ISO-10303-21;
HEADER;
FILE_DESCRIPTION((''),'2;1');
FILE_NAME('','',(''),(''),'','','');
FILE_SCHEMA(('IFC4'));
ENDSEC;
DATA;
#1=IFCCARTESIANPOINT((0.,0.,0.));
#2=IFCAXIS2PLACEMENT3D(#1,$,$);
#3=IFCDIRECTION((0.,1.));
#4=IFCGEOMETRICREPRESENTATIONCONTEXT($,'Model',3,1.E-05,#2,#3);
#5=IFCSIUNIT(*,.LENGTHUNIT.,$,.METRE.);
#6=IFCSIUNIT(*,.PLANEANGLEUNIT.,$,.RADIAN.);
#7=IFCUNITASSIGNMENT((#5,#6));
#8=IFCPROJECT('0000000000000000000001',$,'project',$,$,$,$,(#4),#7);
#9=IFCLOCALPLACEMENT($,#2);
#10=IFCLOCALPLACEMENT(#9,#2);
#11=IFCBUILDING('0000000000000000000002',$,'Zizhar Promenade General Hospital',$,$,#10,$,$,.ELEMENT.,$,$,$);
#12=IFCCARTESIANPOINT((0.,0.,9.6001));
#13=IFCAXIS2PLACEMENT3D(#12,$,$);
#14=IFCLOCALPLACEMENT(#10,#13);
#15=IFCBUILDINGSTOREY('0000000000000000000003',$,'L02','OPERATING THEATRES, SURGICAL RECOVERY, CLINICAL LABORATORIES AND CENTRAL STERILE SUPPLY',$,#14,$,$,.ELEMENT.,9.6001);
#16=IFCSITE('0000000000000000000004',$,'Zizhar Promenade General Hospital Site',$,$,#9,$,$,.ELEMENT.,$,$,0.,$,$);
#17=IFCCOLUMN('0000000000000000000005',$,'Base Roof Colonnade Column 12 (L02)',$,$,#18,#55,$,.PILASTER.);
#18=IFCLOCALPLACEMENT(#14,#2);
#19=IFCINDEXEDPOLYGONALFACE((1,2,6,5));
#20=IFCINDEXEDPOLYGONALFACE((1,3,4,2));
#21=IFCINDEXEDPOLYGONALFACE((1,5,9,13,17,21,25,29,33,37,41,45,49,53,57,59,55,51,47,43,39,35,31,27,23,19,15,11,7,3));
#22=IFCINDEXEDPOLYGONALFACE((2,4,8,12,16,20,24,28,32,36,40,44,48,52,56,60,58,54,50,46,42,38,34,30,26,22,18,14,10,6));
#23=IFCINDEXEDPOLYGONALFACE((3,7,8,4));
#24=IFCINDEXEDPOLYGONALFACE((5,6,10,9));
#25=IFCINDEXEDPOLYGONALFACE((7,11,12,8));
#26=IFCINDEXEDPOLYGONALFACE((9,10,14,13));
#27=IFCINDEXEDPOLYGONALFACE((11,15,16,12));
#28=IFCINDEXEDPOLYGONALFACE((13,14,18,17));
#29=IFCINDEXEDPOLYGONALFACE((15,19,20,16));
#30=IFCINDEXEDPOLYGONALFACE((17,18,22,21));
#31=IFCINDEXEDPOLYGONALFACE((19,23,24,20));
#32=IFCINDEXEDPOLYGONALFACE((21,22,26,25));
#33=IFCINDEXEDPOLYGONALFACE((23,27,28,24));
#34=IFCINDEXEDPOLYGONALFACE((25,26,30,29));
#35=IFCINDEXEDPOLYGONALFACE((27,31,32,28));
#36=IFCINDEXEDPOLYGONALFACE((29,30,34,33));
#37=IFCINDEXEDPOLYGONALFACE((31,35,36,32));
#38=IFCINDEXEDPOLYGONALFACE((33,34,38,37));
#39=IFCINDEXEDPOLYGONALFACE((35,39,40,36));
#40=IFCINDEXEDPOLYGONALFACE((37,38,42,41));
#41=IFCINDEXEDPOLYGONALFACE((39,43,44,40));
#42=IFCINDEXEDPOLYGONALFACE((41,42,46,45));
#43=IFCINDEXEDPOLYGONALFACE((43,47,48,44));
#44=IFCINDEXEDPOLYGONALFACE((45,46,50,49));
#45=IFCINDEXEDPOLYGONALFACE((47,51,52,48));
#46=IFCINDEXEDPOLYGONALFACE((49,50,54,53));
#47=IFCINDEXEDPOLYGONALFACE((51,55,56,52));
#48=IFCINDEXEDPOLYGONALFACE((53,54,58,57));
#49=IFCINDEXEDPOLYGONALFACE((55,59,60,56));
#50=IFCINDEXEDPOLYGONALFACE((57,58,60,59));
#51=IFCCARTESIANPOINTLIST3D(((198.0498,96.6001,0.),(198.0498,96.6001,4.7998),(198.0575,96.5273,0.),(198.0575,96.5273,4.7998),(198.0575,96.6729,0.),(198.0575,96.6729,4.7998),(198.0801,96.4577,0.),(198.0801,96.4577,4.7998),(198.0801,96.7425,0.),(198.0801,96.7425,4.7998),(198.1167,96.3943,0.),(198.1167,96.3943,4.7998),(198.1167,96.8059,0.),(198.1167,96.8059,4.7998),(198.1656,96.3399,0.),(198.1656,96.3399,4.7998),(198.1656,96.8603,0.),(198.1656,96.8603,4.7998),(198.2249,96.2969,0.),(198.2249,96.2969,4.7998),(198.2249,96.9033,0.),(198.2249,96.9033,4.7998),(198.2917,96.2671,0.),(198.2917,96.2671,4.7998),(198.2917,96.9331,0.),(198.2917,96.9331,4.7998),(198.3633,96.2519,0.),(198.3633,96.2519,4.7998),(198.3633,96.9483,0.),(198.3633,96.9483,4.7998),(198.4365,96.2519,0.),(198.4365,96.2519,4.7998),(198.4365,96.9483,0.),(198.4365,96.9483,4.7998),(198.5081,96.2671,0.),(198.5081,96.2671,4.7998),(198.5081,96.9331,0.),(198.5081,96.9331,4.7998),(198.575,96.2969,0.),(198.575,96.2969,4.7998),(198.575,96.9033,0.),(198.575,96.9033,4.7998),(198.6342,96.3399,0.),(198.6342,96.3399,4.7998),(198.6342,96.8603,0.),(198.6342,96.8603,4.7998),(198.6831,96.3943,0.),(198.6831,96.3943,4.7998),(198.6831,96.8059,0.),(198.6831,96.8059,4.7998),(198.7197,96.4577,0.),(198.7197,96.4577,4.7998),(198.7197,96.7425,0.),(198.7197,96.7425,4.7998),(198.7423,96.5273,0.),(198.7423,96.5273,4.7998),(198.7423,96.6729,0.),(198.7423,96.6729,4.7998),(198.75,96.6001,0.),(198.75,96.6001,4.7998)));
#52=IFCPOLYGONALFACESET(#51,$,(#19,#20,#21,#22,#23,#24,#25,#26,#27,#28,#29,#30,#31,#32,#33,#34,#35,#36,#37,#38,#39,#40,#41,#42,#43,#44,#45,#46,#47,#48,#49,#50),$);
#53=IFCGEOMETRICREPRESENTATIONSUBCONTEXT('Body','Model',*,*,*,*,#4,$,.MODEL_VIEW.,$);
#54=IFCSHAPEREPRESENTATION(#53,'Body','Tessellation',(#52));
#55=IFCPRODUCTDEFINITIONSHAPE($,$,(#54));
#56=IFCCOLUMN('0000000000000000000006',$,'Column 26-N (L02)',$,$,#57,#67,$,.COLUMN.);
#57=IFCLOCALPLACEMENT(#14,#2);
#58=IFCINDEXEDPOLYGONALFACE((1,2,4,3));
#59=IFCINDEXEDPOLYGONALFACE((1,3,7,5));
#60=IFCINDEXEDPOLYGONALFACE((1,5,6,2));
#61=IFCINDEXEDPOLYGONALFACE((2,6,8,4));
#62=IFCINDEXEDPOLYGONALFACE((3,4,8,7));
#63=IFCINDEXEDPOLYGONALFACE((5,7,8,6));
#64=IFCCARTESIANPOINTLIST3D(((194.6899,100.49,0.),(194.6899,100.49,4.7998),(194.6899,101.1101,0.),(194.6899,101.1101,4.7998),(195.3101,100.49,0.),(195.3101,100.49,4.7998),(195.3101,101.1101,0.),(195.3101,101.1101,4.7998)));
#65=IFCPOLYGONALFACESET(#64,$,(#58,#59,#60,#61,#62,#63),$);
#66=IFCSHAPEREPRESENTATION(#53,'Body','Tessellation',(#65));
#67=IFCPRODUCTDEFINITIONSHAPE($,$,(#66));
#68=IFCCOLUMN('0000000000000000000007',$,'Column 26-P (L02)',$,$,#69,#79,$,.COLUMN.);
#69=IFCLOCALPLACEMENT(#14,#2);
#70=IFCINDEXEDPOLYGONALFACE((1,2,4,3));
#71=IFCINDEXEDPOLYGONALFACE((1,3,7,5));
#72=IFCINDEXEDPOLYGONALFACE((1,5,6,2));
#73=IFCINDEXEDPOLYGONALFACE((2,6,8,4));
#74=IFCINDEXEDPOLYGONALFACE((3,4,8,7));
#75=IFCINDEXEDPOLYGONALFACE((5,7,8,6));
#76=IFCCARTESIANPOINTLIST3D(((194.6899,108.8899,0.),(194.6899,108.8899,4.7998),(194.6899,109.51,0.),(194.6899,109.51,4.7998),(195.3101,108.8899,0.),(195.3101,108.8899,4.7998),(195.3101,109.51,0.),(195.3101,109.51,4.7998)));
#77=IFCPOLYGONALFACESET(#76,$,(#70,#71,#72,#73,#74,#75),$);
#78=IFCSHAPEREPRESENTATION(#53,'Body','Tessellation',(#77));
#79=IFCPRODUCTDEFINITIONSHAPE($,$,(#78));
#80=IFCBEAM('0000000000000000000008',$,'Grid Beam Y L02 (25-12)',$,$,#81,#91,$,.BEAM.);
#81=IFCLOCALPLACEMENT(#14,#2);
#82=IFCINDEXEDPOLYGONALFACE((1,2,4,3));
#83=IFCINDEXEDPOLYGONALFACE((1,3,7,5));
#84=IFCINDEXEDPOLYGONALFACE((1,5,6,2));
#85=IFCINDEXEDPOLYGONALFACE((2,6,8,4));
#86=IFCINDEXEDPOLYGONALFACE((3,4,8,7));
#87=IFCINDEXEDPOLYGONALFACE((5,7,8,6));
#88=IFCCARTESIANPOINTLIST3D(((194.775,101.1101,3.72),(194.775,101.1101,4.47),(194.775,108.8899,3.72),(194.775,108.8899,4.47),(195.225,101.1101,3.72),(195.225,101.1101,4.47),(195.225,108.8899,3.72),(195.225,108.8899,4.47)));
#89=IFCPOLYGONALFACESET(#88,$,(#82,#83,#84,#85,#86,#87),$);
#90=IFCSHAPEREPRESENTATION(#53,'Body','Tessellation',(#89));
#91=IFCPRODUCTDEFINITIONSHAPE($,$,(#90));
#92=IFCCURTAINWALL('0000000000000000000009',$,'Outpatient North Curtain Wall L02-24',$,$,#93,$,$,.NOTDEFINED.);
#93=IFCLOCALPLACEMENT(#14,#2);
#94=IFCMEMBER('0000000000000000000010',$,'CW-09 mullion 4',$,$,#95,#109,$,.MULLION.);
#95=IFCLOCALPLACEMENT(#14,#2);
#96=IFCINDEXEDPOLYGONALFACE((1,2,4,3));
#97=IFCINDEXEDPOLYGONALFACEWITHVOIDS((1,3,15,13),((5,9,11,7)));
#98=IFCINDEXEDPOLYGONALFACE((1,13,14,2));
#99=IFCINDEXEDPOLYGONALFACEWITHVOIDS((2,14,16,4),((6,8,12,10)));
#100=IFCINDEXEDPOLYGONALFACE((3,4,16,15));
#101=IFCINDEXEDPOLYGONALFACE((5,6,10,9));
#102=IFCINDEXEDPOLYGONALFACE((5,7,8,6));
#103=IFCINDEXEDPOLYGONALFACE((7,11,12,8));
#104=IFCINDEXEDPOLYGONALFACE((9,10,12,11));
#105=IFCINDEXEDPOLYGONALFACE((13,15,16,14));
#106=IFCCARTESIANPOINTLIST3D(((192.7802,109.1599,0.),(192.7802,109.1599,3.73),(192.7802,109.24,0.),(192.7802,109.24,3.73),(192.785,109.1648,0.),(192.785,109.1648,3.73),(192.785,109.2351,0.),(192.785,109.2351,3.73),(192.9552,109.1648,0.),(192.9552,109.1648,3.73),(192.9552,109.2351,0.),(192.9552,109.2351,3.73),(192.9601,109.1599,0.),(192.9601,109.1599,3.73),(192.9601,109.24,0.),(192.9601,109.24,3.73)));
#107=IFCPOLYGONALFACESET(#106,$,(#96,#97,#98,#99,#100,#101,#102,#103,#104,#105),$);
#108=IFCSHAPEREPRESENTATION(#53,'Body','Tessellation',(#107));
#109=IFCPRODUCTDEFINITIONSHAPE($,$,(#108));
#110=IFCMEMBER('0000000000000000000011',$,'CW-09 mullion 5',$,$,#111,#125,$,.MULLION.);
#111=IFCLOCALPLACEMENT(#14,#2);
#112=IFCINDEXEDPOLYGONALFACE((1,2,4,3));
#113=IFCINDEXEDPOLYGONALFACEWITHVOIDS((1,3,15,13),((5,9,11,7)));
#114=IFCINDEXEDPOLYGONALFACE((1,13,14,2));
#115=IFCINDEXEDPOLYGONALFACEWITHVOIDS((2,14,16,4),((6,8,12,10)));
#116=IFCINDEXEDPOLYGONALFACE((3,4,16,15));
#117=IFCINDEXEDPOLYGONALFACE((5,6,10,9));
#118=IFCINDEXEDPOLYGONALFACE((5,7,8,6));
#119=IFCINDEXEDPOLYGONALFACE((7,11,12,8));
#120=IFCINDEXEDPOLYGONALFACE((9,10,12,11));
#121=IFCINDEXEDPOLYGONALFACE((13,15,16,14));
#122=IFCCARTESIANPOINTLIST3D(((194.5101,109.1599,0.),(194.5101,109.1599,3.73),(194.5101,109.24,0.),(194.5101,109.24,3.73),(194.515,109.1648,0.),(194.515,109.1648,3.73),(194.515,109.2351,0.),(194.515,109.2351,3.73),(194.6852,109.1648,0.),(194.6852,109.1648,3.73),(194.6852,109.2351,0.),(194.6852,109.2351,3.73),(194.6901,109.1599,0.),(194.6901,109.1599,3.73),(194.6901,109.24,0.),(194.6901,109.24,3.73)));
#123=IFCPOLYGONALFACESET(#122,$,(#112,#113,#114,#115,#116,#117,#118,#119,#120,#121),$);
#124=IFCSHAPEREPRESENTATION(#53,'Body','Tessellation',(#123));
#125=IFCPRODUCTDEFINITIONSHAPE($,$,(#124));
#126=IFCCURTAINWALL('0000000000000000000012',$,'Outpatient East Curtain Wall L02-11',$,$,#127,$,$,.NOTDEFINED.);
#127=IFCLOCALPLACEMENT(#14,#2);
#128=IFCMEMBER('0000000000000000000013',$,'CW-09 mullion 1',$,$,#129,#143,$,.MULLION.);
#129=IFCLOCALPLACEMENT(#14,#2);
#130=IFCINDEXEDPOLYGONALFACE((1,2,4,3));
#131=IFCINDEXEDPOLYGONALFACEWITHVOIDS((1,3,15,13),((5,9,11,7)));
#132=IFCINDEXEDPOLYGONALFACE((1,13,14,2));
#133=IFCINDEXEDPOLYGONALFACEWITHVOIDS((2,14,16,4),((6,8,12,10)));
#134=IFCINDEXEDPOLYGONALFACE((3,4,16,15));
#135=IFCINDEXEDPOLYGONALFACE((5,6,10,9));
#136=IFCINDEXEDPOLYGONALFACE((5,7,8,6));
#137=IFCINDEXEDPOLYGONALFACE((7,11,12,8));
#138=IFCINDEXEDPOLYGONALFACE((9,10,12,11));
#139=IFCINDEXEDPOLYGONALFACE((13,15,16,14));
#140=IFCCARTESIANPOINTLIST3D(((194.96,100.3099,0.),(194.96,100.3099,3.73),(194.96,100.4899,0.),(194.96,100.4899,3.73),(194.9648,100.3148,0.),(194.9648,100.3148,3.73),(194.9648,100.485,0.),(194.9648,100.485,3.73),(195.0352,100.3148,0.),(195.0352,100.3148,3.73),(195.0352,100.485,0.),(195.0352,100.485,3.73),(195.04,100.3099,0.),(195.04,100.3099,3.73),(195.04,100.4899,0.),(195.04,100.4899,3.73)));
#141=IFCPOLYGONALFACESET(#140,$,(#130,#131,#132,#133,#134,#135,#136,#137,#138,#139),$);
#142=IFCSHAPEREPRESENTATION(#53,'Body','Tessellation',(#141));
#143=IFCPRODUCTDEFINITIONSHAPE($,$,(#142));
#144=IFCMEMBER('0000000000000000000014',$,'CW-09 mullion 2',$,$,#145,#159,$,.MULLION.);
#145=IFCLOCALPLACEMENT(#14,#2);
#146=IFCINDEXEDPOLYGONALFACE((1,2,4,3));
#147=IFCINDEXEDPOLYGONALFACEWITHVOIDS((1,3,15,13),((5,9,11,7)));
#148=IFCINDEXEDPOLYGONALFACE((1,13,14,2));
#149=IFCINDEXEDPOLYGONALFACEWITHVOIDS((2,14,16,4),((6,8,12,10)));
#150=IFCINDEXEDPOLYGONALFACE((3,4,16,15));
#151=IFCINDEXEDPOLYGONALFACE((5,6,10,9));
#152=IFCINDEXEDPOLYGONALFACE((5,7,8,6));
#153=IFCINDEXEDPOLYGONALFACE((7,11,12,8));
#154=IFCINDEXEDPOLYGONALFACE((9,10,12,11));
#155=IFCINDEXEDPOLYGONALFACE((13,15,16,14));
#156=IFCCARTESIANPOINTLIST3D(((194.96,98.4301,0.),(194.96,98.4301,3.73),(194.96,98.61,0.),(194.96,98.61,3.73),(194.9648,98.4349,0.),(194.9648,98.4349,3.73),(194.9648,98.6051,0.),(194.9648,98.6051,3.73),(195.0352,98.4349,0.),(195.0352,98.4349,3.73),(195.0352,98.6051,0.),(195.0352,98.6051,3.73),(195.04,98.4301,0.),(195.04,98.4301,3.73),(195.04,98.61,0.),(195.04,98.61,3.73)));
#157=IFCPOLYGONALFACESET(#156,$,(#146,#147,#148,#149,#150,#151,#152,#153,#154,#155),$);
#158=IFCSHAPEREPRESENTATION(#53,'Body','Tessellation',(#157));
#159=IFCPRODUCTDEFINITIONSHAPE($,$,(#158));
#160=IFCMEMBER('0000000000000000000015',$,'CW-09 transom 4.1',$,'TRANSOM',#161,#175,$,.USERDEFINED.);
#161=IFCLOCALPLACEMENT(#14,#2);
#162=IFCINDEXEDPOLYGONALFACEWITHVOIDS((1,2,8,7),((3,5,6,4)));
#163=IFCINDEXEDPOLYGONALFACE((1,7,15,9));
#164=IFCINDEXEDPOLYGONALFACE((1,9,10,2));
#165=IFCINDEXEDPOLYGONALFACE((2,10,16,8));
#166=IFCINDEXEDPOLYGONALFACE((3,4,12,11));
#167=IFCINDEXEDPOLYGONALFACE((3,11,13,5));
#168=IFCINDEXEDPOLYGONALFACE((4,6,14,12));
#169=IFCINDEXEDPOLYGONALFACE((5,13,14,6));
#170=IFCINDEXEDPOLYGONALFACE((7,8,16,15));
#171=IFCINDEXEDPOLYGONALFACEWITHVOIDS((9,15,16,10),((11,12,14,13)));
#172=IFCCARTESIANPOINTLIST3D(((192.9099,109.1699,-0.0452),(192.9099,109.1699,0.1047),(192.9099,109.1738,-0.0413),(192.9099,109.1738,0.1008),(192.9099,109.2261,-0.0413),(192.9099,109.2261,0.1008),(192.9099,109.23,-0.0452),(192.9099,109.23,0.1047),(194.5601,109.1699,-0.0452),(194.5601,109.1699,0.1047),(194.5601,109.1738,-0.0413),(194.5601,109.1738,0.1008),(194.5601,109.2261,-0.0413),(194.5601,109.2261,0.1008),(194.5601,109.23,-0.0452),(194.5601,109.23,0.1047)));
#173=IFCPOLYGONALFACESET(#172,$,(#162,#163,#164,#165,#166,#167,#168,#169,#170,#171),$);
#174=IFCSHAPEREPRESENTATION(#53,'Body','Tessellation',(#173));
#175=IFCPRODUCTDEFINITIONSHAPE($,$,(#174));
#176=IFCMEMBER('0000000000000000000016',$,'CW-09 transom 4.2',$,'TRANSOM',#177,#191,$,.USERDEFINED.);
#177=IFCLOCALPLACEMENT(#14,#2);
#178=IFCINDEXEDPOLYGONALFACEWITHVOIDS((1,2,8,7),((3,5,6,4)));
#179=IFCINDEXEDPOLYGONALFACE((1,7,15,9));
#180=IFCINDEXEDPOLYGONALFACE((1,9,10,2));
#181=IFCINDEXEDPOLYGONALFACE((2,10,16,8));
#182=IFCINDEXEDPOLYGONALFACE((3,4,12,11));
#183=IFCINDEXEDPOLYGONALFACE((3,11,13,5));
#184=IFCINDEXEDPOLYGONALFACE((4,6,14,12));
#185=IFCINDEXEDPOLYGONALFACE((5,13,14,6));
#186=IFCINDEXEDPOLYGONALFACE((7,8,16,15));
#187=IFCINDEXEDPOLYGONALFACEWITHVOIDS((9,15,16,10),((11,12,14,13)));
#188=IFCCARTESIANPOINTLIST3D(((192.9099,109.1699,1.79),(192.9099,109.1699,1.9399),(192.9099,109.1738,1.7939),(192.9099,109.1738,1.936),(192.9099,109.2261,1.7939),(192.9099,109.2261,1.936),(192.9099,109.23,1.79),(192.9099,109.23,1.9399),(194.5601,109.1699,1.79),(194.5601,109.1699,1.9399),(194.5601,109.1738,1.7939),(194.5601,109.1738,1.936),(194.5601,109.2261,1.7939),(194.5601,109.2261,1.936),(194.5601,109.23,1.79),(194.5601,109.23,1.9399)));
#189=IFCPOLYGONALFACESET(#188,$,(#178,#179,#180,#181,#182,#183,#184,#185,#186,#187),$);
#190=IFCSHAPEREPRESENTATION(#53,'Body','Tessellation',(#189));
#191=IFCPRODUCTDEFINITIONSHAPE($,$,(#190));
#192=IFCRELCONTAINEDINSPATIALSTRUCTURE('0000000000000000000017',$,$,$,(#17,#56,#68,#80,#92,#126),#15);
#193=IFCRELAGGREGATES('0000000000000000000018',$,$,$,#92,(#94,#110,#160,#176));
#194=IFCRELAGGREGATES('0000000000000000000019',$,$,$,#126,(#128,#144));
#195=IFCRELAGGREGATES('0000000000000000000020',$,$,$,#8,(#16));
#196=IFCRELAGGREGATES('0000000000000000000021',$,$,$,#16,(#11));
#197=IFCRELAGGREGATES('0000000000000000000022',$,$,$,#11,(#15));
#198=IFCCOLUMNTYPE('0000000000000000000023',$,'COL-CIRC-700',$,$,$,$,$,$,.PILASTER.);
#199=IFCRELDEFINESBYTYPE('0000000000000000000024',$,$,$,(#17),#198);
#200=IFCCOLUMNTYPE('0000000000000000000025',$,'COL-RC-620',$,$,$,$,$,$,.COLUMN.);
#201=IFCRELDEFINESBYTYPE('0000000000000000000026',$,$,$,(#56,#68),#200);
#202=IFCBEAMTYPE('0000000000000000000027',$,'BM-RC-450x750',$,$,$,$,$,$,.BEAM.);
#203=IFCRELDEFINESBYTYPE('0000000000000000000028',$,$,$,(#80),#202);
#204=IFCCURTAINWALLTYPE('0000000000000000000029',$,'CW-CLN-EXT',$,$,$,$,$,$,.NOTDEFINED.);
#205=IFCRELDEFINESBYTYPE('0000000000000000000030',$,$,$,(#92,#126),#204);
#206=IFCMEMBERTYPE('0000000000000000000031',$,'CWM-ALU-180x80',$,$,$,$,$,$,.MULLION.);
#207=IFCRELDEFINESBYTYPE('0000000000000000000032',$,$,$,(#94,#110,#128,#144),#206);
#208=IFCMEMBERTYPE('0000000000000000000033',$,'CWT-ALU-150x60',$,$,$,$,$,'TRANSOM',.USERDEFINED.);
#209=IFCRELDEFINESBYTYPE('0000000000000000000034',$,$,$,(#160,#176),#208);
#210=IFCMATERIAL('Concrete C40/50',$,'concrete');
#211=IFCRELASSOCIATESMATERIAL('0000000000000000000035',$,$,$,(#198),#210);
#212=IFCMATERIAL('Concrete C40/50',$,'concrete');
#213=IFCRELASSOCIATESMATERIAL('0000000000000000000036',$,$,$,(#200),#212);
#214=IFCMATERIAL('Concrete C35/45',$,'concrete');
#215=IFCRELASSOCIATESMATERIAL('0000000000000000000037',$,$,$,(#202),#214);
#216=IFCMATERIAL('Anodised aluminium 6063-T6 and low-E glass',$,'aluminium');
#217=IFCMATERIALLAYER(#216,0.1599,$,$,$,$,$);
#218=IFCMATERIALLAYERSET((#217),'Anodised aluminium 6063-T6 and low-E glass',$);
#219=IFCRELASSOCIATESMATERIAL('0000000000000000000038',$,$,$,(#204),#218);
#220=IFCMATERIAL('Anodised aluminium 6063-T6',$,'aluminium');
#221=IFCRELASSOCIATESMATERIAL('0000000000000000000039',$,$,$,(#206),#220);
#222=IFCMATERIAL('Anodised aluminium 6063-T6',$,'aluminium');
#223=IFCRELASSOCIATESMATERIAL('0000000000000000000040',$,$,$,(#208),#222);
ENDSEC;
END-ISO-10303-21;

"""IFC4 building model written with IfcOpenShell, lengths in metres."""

from ifc_helpers import new_model, si_unit, direction, frame, origin, origin_2d, place, context, subcontext, project, spatial, rectangle, hollow_rectangle, circle, extrude, material, layer, layer_set, material_profile, profile_set, type_object, element, aggregate, save


model = new_model("IFC4")

# Units and contexts
model_context = context("Model", 3, precision=1e-05, world=origin(), true_north=direction((0.0, 1.0)))
body_context = subcontext(model_context, "Body", "Model", "MODEL_VIEW")
ifc_project = project(units=[si_unit("LENGTHUNIT", "METRE"), si_unit("PLANEANGLEUNIT", "RADIAN")], contexts=[model_context])

# Site, building, storey
site_placement = place(None, origin())
site = spatial("IfcSite", under=ifc_project, at=site_placement, Name="Zizhar Promenade General Hospital Site", CompositionType="ELEMENT", RefElevation=0.0)
building_placement = place(site_placement, origin())
building = spatial("IfcBuilding", under=site, at=building_placement, Name="Zizhar Promenade General Hospital", CompositionType="ELEMENT")
storey_placement = place(building_placement, frame((0.0, 0.0, 9.6001)))
storey = spatial("IfcBuildingStorey", under=building, at=storey_placement, Name="L02", Description="OPERATING THEATRES, SURGICAL RECOVERY, CLINICAL LABORATORIES AND CENTRAL STERILE SUPPLY", CompositionType="ELEMENT", Elevation=9.6001)

# Columns
ifc_material_1 = material(Name="Concrete C40/50", Category="concrete")
ifc_material_profile_1 = material_profile(ifc_material_1, circle(Radius=0.3501, at=origin_2d()))
ifc_profile_set_1 = profile_set([ifc_material_profile_1], Name="Concrete C40/50")
column_type_1 = type_object("IfcColumnType", Name="COL-CIRC-700", PredefinedType="PILASTER", material=ifc_profile_set_1)
column_placement = place(storey_placement, frame((198.3999, 96.6001, 0.0), z_axis=(0.0, 0.0, 1.0), x_axis=(1.0, 0.0, 0.0)))
element("IfcColumn", 1, at=column_placement, inside=storey, type_object=column_type_1, Name="Base Roof Colonnade Column 12 (L02)", PredefinedType="PILASTER", context=body_context, shape_type="SweptSolid", body=[
    extrude(circle(Radius=0.3501, at=origin_2d()), origin(), (0.0, 0.0, 1.0), 4.7998),
])
ifc_material_2 = material(Name="Concrete C40/50", Category="concrete")
ifc_material_profile_2 = material_profile(ifc_material_2, rectangle(XDim=0.6201, YDim=0.6201, at=origin_2d()))
ifc_profile_set_2 = profile_set([ifc_material_profile_2], Name="Concrete C40/50")
column_type_2 = type_object("IfcColumnType", Name="COL-RC-620", PredefinedType="COLUMN", material=ifc_profile_set_2)
for number, where, z_axis, x_axis, name in (
    (2, (195.0, 100.8, 0.0), (0.0, 0.0, 1.0), (1.0, 0.0, 0.0), "Column 26-N (L02)"),
    (3, (195.0, 109.2, 0.0), (0.0, 0.0, 1.0), (1.0, 0.0, 0.0), "Column 26-P (L02)"),
):
    element("IfcColumn", number, at=place(storey_placement, frame(where, z_axis=z_axis, x_axis=x_axis)), inside=storey, type_object=column_type_2, Name=name, PredefinedType="COLUMN", context=body_context, shape_type="SweptSolid", body=[
        extrude(rectangle(XDim=0.6201, YDim=0.6201, at=origin_2d()), origin(), (0.0, 0.0, 1.0), 4.7998),
    ])

# Beam
ifc_material_3 = material(Name="Concrete C35/45", Category="concrete")
ifc_material_profile_3 = material_profile(ifc_material_3, rectangle(XDim=0.45, YDim=0.75, at=origin_2d()))
ifc_profile_set_3 = profile_set([ifc_material_profile_3], Name="Concrete C35/45")
beam_type = type_object("IfcBeamType", Name="BM-RC-450x750", PredefinedType="BEAM", material=ifc_profile_set_3)
beam_placement = place(storey_placement, frame((195.0, 101.1101, 4.095), z_axis=(0.0, 1.0, 0.0), x_axis=(-1.0, 0.0, 0.0)))
element("IfcBeam", 4, at=beam_placement, inside=storey, type_object=beam_type, Name="Grid Beam Y L02 (25-12)", PredefinedType="BEAM", context=body_context, shape_type="SweptSolid", body=[
    extrude(rectangle(XDim=0.45, YDim=0.75, at=origin_2d()), origin(), (0.0, 0.0, 1.0), 7.7798),
])

# Curtain walls, members
ifc_material_4 = material(Name="Anodised aluminium 6063-T6 and low-E glass", Category="aluminium")
ifc_layer_1 = layer(ifc_material_4, 0.1599)
ifc_layer_set_1 = layer_set([ifc_layer_1], Name="Anodised aluminium 6063-T6 and low-E glass")
curtain_wall_type = type_object("IfcCurtainWallType", Name="CW-CLN-EXT", PredefinedType="NOTDEFINED", material=ifc_layer_set_1)
curtain_wall_1_placement = place(storey_placement, origin())
curtain_wall_1 = element("IfcCurtainWall", 5, at=curtain_wall_1_placement, inside=storey, type_object=curtain_wall_type, Name="Outpatient North Curtain Wall L02-24", PredefinedType="NOTDEFINED")
ifc_material_5 = material(Name="Anodised aluminium 6063-T6", Category="aluminium")
ifc_material_profile_4 = material_profile(ifc_material_5, hollow_rectangle(XDim=0.0801, YDim=0.1799, WallThickness=0.0049, at=origin_2d()))
ifc_profile_set_4 = profile_set([ifc_material_profile_4], Name="Anodised aluminium 6063-T6")
member_type_1 = type_object("IfcMemberType", Name="CWM-ALU-180x80", PredefinedType="MULLION", material=ifc_profile_set_4)
member_1_placement = place(storey_placement, frame((192.8701, 109.2, 0.0), z_axis=(0.0, 0.0, 1.0), x_axis=(0.0, 1.0, 0.0)))
member_1 = element("IfcMember", 6, at=member_1_placement, type_object=member_type_1, Name="CW-09 mullion 4", PredefinedType="MULLION", context=body_context, shape_type="SweptSolid", body=[
    extrude(hollow_rectangle(XDim=0.0801, YDim=0.1799, WallThickness=0.0049, at=origin_2d()), origin(), (0.0, 0.0, 1.0), 3.73),
])
member_2_placement = place(storey_placement, frame((194.6001, 109.2, 0.0), z_axis=(0.0, 0.0, 1.0), x_axis=(0.0, 1.0, 0.0)))
member_2 = element("IfcMember", 7, at=member_2_placement, type_object=member_type_1, Name="CW-09 mullion 5", PredefinedType="MULLION", context=body_context, shape_type="SweptSolid", body=[
    extrude(hollow_rectangle(XDim=0.0801, YDim=0.1799, WallThickness=0.0049, at=origin_2d()), origin(), (0.0, 0.0, 1.0), 3.73),
])
curtain_wall_2_placement = place(storey_placement, origin())
curtain_wall_2 = element("IfcCurtainWall", 8, at=curtain_wall_2_placement, inside=storey, type_object=curtain_wall_type, Name="Outpatient East Curtain Wall L02-11", PredefinedType="NOTDEFINED")
member_3_placement = place(storey_placement, frame((195.0, 100.3999, 0.0), z_axis=(0.0, 0.0, 1.0), x_axis=(1.0, 0.0, 0.0)))
member_3 = element("IfcMember", 9, at=member_3_placement, type_object=member_type_1, Name="CW-09 mullion 1", PredefinedType="MULLION", context=body_context, shape_type="SweptSolid", body=[
    extrude(hollow_rectangle(XDim=0.0801, YDim=0.1799, WallThickness=0.0049, at=origin_2d()), origin(), (0.0, 0.0, 1.0), 3.73),
])
member_4_placement = place(storey_placement, frame((195.0, 98.52, 0.0), z_axis=(0.0, 0.0, 1.0), x_axis=(1.0, 0.0, 0.0)))
member_4 = element("IfcMember", 10, at=member_4_placement, type_object=member_type_1, Name="CW-09 mullion 2", PredefinedType="MULLION", context=body_context, shape_type="SweptSolid", body=[
    extrude(hollow_rectangle(XDim=0.0801, YDim=0.1799, WallThickness=0.0049, at=origin_2d()), origin(), (0.0, 0.0, 1.0), 3.73),
])

# Members
ifc_material_6 = material(Name="Anodised aluminium 6063-T6", Category="aluminium")
ifc_material_profile_5 = material_profile(ifc_material_6, hollow_rectangle(XDim=0.0601, YDim=0.1499, WallThickness=0.0039, at=origin_2d()))
ifc_profile_set_5 = profile_set([ifc_material_profile_5], Name="Anodised aluminium 6063-T6")
member_type_2 = type_object("IfcMemberType", Name="CWT-ALU-150x60", ElementType="TRANSOM", PredefinedType="USERDEFINED", material=ifc_profile_set_5)
member_5_placement = place(storey_placement, frame((192.9099, 109.2, 0.0298), z_axis=(1.0, 0.0, 0.0), x_axis=(0.0, 1.0, 0.0)))
member_5 = element("IfcMember", 11, at=member_5_placement, type_object=member_type_2, Name="CW-09 transom 4.1", ObjectType="TRANSOM", PredefinedType="USERDEFINED", context=body_context, shape_type="SweptSolid", body=[
    extrude(hollow_rectangle(XDim=0.0601, YDim=0.1499, WallThickness=0.0039, at=origin_2d()), origin(), (0.0, 0.0, 1.0), 1.6501),
])
member_6_placement = place(storey_placement, frame((192.9099, 109.2, 1.865), z_axis=(1.0, 0.0, 0.0), x_axis=(0.0, 1.0, 0.0)))
member_6 = element("IfcMember", 12, at=member_6_placement, type_object=member_type_2, Name="CW-09 transom 4.2", ObjectType="TRANSOM", PredefinedType="USERDEFINED", context=body_context, shape_type="SweptSolid", body=[
    extrude(hollow_rectangle(XDim=0.0601, YDim=0.1499, WallThickness=0.0039, at=origin_2d()), origin(), (0.0, 0.0, 1.0), 1.6501),
])

aggregate(curtain_wall_1, [member_1, member_2, member_5, member_6])
aggregate(curtain_wall_2, [member_3, member_4])

save(model, "model.ifc")
